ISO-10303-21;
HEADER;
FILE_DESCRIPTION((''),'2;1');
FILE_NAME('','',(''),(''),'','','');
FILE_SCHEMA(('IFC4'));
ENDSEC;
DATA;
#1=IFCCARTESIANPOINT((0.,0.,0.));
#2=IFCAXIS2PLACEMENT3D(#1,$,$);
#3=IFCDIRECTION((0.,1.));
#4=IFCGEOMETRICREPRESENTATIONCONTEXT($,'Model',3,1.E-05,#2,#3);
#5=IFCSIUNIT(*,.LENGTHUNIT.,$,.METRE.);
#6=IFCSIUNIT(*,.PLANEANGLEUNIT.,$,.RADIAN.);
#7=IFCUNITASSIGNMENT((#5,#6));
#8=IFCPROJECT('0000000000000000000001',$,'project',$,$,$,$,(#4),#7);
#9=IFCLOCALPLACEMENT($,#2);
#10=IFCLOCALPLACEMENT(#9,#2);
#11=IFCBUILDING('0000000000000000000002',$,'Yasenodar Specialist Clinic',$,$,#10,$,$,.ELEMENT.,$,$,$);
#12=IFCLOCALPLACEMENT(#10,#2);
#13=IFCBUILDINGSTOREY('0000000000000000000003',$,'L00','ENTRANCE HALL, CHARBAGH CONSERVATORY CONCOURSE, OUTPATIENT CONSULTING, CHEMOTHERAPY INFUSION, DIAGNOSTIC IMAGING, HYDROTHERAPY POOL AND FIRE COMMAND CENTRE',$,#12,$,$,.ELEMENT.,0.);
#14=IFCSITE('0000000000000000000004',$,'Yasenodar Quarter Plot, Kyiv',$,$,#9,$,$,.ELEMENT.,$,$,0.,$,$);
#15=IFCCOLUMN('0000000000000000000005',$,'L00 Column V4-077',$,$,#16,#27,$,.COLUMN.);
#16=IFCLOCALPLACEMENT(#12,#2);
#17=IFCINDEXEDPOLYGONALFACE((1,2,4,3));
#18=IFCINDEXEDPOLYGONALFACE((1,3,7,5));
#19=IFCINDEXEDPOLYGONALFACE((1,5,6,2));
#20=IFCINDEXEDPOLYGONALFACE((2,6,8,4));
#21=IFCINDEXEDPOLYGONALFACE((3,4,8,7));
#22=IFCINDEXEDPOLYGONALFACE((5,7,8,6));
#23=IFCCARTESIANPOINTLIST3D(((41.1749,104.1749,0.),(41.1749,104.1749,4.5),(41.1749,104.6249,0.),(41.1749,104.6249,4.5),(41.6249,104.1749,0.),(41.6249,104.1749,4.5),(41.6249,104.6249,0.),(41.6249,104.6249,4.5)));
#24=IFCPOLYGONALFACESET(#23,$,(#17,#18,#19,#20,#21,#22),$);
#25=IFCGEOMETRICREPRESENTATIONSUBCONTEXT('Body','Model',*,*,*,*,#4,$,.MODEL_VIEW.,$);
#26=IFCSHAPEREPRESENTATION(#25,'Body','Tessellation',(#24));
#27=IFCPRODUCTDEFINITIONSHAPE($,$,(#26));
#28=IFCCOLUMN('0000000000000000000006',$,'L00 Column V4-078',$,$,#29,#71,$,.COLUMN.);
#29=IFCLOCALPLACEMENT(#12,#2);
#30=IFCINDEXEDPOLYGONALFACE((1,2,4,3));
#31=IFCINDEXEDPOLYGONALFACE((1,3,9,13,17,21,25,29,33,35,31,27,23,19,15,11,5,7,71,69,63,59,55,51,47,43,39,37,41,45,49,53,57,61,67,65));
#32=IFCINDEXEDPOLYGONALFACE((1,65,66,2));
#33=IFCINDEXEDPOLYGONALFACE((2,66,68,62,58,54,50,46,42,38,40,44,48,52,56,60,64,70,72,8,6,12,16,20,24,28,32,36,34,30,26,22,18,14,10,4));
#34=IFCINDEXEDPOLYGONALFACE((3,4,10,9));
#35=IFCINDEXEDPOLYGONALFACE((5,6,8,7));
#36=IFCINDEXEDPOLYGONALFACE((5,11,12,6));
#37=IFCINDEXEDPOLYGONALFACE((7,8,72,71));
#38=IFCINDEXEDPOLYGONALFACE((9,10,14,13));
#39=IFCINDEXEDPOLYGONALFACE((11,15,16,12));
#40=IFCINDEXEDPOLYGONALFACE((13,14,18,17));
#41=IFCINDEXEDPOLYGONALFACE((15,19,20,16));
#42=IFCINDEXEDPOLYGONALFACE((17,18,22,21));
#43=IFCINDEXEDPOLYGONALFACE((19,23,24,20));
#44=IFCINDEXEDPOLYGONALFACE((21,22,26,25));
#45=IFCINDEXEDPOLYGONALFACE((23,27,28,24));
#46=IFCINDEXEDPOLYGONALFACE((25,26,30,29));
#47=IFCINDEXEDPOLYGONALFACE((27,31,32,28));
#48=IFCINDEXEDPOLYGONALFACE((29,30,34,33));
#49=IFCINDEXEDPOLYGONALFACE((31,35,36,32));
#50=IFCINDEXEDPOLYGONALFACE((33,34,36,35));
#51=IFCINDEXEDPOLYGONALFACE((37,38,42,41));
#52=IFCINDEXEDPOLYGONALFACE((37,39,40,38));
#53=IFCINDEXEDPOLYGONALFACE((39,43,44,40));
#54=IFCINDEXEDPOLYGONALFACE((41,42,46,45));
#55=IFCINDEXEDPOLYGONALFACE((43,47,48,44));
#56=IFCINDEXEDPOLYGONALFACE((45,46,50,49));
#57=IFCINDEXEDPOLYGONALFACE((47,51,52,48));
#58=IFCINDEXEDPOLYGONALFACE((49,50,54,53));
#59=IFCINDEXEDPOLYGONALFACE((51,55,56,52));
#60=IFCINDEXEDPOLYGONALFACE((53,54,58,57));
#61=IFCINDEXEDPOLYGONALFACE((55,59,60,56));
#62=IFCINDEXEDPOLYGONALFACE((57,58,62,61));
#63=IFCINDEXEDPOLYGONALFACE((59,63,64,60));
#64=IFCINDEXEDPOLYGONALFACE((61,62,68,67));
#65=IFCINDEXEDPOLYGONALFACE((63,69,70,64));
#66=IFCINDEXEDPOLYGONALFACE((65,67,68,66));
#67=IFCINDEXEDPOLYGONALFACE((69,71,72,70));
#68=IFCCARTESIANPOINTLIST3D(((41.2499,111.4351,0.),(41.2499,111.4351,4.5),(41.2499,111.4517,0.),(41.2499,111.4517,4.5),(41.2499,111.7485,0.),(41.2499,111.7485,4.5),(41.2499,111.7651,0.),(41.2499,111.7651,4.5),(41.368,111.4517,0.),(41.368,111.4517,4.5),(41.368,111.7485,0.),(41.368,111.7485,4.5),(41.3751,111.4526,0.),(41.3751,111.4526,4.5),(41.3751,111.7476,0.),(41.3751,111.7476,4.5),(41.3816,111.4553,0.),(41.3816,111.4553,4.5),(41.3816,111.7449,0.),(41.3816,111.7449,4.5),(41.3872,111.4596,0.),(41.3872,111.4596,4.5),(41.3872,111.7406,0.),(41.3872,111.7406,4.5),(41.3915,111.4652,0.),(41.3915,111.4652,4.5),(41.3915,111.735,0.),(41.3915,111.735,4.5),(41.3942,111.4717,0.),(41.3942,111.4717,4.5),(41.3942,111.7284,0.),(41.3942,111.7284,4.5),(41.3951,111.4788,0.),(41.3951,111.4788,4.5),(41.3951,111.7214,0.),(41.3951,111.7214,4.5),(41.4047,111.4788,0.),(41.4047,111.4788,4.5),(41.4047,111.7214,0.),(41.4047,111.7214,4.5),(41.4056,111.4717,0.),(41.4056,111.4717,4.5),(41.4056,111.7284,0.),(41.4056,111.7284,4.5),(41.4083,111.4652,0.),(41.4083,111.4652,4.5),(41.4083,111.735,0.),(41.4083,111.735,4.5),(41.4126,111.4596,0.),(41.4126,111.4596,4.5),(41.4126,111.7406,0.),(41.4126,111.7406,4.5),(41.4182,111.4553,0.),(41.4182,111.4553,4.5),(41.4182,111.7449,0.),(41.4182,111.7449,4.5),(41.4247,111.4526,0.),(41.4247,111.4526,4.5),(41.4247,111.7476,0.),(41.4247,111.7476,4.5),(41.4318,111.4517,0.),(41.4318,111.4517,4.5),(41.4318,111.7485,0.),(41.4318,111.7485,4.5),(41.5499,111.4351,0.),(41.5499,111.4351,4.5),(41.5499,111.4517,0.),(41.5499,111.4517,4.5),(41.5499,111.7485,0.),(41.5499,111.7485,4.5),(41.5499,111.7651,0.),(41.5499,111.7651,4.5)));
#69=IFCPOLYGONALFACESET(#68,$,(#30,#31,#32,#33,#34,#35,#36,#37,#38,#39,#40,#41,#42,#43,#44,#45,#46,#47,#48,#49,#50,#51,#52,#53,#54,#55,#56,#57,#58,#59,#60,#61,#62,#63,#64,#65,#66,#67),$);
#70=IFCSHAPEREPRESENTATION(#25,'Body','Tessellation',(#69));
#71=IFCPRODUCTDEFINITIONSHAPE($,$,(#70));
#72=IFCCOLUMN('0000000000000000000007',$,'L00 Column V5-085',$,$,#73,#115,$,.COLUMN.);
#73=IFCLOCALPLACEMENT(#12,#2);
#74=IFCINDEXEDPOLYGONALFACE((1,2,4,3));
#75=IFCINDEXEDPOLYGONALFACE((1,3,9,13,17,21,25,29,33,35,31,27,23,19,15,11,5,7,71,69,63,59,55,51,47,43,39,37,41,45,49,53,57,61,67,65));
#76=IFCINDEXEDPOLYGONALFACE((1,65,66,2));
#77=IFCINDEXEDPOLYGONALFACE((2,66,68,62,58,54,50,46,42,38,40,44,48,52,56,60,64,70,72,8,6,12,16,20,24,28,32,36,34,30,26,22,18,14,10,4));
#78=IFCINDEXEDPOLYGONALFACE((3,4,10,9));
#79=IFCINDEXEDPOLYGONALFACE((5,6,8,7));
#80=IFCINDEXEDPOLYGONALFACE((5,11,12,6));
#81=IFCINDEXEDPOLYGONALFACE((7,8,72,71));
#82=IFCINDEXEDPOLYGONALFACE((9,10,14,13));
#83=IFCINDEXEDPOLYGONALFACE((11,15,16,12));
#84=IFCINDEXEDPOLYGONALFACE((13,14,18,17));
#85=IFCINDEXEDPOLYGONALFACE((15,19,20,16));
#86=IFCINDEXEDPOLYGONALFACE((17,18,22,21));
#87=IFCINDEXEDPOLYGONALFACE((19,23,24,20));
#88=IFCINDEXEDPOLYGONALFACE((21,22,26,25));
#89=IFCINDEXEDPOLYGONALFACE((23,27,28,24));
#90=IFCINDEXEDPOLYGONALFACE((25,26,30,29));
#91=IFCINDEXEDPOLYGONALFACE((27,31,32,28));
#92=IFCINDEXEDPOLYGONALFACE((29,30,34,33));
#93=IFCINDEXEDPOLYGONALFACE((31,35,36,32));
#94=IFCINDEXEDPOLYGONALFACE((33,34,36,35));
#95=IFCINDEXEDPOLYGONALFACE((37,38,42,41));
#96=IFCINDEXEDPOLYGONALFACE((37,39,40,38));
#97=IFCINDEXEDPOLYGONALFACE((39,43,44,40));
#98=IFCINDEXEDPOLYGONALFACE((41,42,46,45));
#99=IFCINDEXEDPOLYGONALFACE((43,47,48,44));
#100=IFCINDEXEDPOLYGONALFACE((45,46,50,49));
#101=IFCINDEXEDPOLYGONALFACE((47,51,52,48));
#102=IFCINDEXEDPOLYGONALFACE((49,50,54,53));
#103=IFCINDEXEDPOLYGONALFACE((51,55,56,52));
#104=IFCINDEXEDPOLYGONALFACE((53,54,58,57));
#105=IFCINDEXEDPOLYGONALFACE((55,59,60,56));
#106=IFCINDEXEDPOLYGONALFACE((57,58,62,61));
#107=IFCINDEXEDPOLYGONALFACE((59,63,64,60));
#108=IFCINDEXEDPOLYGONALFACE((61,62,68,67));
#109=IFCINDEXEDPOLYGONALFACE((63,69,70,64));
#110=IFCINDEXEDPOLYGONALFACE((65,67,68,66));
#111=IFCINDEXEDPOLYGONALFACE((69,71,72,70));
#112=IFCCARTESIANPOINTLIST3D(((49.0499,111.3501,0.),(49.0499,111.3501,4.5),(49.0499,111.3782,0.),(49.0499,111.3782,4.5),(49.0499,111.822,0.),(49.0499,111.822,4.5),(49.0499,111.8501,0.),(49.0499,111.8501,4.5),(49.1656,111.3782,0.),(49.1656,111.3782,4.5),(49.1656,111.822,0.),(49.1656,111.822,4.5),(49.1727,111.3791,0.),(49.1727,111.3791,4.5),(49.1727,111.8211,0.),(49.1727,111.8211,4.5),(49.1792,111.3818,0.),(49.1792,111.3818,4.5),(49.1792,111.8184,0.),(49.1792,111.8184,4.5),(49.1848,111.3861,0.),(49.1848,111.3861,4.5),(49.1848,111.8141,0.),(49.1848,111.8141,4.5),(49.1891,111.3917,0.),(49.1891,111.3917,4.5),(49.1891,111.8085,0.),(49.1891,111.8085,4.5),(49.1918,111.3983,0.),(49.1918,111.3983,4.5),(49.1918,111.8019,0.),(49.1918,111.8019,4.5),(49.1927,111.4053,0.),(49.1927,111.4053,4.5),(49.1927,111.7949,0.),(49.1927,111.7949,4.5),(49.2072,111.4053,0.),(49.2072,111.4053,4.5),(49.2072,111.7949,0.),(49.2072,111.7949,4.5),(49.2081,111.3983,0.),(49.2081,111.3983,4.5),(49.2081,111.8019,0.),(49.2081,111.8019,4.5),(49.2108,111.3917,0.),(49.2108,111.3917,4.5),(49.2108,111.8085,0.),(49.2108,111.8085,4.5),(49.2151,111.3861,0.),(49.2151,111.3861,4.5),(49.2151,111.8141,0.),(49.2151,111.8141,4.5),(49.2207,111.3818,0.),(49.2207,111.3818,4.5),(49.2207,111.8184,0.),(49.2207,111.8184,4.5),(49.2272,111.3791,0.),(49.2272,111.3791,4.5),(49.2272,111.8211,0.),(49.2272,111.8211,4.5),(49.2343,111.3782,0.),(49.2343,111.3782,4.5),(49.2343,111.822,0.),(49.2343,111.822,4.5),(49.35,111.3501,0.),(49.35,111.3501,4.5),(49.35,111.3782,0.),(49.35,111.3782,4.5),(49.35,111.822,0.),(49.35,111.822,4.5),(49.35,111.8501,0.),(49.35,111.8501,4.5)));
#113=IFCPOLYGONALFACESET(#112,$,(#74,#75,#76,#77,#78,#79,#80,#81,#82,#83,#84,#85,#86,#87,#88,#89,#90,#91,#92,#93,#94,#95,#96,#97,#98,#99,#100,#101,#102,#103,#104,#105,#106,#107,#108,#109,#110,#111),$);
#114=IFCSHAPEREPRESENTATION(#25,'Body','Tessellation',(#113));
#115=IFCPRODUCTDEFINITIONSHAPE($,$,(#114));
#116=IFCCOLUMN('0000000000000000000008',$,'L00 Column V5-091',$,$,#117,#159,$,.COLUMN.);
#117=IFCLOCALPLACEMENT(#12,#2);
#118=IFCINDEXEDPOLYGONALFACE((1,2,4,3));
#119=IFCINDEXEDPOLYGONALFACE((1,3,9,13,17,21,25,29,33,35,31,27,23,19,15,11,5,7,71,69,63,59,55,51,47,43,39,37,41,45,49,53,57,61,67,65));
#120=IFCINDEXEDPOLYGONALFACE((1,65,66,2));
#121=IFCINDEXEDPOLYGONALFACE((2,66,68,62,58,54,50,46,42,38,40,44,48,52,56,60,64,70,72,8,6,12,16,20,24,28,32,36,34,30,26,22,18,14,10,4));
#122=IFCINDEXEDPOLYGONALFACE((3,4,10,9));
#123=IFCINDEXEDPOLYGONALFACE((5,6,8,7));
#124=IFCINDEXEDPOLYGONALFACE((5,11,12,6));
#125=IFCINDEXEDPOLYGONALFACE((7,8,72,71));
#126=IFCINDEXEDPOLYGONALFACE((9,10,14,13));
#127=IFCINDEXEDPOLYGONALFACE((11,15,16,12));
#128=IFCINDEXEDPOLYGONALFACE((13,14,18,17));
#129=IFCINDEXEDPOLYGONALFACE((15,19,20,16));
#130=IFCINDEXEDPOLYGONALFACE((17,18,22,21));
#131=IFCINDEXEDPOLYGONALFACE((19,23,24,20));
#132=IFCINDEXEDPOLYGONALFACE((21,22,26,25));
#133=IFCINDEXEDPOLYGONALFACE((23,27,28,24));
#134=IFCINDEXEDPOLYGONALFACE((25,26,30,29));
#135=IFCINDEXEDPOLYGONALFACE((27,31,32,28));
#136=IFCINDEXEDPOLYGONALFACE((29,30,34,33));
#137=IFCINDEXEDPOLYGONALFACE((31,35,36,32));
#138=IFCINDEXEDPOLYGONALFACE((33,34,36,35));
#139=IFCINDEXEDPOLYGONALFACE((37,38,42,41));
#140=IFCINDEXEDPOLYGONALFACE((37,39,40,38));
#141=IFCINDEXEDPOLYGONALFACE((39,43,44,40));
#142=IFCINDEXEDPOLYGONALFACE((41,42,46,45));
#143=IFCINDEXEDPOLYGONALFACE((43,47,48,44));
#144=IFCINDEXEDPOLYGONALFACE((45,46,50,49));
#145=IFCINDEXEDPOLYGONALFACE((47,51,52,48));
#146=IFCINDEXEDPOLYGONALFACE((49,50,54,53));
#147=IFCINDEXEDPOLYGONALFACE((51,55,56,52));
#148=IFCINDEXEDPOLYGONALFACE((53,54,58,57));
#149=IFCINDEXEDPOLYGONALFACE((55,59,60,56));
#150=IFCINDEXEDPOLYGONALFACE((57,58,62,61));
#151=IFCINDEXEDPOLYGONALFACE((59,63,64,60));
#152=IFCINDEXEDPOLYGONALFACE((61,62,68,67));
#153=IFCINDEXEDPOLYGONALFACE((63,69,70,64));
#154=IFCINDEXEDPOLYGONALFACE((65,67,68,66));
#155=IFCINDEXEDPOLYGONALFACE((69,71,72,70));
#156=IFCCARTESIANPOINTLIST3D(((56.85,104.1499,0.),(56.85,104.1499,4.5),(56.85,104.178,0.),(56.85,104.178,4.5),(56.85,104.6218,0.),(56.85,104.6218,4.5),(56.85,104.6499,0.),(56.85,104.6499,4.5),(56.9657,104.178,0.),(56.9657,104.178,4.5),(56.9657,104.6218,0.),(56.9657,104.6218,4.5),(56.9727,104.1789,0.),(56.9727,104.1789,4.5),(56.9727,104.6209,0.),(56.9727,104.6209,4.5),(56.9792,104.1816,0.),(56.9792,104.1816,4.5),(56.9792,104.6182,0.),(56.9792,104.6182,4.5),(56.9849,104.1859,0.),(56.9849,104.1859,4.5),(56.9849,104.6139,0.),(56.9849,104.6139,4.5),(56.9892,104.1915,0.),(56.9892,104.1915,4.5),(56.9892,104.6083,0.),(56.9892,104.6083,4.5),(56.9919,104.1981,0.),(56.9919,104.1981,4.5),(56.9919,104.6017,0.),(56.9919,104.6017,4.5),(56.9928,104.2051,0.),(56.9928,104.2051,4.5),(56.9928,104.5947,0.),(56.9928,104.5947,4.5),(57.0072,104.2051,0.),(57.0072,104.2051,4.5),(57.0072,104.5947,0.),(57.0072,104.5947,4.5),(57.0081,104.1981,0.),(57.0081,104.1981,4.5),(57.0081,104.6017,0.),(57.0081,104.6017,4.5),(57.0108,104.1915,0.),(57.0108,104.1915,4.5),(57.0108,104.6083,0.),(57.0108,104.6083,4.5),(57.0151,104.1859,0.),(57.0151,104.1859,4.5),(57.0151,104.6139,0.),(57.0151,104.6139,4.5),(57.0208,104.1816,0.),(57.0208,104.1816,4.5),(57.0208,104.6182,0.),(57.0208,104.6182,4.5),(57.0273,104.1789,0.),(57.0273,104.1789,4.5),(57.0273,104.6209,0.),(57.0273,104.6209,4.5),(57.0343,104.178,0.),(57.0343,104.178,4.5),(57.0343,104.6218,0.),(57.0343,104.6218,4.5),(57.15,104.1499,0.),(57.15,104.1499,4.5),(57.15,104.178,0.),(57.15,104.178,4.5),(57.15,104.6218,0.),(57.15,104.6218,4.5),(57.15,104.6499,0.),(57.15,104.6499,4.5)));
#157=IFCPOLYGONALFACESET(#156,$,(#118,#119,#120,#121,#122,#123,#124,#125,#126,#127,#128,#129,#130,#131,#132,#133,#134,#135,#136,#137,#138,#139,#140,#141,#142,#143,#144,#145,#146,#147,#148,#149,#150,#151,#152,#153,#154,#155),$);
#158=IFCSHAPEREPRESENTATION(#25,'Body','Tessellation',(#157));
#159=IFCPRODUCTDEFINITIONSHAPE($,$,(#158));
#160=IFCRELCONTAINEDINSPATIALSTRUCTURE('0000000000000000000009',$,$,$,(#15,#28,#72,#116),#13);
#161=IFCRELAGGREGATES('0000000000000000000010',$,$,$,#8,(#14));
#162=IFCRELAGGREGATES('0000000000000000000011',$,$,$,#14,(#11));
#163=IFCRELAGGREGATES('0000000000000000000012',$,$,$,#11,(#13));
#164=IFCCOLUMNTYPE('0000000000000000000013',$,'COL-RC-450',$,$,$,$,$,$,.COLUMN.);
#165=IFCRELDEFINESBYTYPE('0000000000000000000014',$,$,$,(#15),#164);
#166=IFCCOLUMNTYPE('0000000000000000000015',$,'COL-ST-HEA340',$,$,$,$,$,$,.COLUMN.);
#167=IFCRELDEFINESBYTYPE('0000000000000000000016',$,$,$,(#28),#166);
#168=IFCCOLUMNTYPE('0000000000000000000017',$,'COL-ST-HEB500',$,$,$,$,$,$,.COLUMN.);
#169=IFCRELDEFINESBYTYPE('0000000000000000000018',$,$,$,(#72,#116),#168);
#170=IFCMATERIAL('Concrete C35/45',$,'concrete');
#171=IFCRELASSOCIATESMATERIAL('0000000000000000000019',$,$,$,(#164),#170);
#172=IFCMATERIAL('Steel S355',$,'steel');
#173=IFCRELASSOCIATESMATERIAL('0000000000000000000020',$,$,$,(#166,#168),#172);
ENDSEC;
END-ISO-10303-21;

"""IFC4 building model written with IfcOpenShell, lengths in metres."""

from ifc_helpers import new_model, si_unit, direction, frame, origin, origin_2d, place, context, subcontext, project, spatial, rectangle, i_section, extrude, material, material_profile, profile_set, type_object, element, save


model = new_model("IFC4")

# Units and contexts
model_context = context("Model", 3, precision=1e-05, world=origin(), true_north=direction((0.0, 1.0)))
body_context = subcontext(model_context, "Body", "Model", "MODEL_VIEW")
ifc_project = project(units=[si_unit("LENGTHUNIT", "METRE"), si_unit("PLANEANGLEUNIT", "RADIAN")], contexts=[model_context])

# Site, building, storey
site_placement = place(None, origin())
site = spatial("IfcSite", under=ifc_project, at=site_placement, Name="Yasenodar Quarter Plot, Kyiv", CompositionType="ELEMENT", RefElevation=0.0)
building_placement = place(site_placement, origin())
building = spatial("IfcBuilding", under=site, at=building_placement, Name="Yasenodar Specialist Clinic", CompositionType="ELEMENT")
storey_placement = place(building_placement, origin())
storey = spatial("IfcBuildingStorey", under=building, at=storey_placement, Name="L00", Description="ENTRANCE HALL, CHARBAGH CONSERVATORY CONCOURSE, OUTPATIENT CONSULTING, CHEMOTHERAPY INFUSION, DIAGNOSTIC IMAGING, HYDROTHERAPY POOL AND FIRE COMMAND CENTRE", CompositionType="ELEMENT", Elevation=0.0)

# Columns
ifc_material_1 = material(Name="Concrete C35/45", Category="concrete")
ifc_material_profile_1 = material_profile(ifc_material_1, rectangle(XDim=0.45, YDim=0.45, at=origin_2d()), Name="RC 450x450")
ifc_profile_set_1 = profile_set([ifc_material_profile_1], Name="Concrete C35/45")
column_type_1 = type_object("IfcColumnType", Name="COL-RC-450", PredefinedType="COLUMN", material=ifc_profile_set_1)
column_1_placement = place(storey_placement, frame((41.3999, 104.3999, 0.0), z_axis=(0.0, 0.0, 1.0), x_axis=(1.0, 0.0, 0.0)))
element("IfcColumn", 1, at=column_1_placement, inside=storey, type_object=column_type_1, Name="L00 Column V4-077", PredefinedType="COLUMN", context=body_context, shape_type="SweptSolid", body=[
    extrude(rectangle(XDim=0.45, YDim=0.45, at=origin_2d()), origin(), (0.0, 0.0, 1.0), 4.5),
])
ifc_material_2 = material(Name="Steel S355", Category="steel")
ifc_material_profile_2 = material_profile(ifc_material_2, i_section(OverallWidth=0.3, OverallDepth=0.3301, WebThickness=0.0095, FlangeThickness=0.0166, FilletRadius=0.0271, at=origin_2d()), Name="HEA 340")
ifc_profile_set_2 = profile_set([ifc_material_profile_2], Name="Steel S355")
column_type_2 = type_object("IfcColumnType", Name="COL-ST-HEA340", PredefinedType="COLUMN", material=ifc_profile_set_2)
column_2_placement = place(storey_placement, frame((41.3999, 111.6001, 0.0), z_axis=(0.0, 0.0, 1.0), x_axis=(1.0, 0.0, 0.0)))
element("IfcColumn", 2, at=column_2_placement, inside=storey, type_object=column_type_2, Name="L00 Column V4-078", PredefinedType="COLUMN", context=body_context, shape_type="SweptSolid", body=[
    extrude(i_section(OverallWidth=0.3, OverallDepth=0.3301, WebThickness=0.0095, FlangeThickness=0.0166, FilletRadius=0.0271, at=origin_2d()), origin(), (0.0, 0.0, 1.0), 4.5),
])
ifc_material_profile_3 = material_profile(ifc_material_2, i_section(OverallWidth=0.3, OverallDepth=0.5, WebThickness=0.0144, FlangeThickness=0.0281, FilletRadius=0.0271, at=origin_2d()), Name="HEB 500")
ifc_profile_set_3 = profile_set([ifc_material_profile_3], Name="Steel S355")
column_type_3 = type_object("IfcColumnType", Name="COL-ST-HEB500", PredefinedType="COLUMN", material=ifc_profile_set_3)
for number, where, z_axis, x_axis, name in (
    (3, (49.2, 111.6001, 0.0), (0.0, 0.0, 1.0), (1.0, 0.0, 0.0), "L00 Column V5-085"),
    (4, (57.0, 104.3999, 0.0), (0.0, 0.0, 1.0), (1.0, 0.0, 0.0), "L00 Column V5-091"),
):
    element("IfcColumn", number, at=place(storey_placement, frame(where, z_axis=z_axis, x_axis=x_axis)), inside=storey, type_object=column_type_3, Name=name, PredefinedType="COLUMN", context=body_context, shape_type="SweptSolid", body=[
        extrude(i_section(OverallWidth=0.3, OverallDepth=0.5, WebThickness=0.0144, FlangeThickness=0.0281, FilletRadius=0.0271, at=origin_2d()), origin(), (0.0, 0.0, 1.0), 4.5),
    ])

save(model, "model.ifc")
